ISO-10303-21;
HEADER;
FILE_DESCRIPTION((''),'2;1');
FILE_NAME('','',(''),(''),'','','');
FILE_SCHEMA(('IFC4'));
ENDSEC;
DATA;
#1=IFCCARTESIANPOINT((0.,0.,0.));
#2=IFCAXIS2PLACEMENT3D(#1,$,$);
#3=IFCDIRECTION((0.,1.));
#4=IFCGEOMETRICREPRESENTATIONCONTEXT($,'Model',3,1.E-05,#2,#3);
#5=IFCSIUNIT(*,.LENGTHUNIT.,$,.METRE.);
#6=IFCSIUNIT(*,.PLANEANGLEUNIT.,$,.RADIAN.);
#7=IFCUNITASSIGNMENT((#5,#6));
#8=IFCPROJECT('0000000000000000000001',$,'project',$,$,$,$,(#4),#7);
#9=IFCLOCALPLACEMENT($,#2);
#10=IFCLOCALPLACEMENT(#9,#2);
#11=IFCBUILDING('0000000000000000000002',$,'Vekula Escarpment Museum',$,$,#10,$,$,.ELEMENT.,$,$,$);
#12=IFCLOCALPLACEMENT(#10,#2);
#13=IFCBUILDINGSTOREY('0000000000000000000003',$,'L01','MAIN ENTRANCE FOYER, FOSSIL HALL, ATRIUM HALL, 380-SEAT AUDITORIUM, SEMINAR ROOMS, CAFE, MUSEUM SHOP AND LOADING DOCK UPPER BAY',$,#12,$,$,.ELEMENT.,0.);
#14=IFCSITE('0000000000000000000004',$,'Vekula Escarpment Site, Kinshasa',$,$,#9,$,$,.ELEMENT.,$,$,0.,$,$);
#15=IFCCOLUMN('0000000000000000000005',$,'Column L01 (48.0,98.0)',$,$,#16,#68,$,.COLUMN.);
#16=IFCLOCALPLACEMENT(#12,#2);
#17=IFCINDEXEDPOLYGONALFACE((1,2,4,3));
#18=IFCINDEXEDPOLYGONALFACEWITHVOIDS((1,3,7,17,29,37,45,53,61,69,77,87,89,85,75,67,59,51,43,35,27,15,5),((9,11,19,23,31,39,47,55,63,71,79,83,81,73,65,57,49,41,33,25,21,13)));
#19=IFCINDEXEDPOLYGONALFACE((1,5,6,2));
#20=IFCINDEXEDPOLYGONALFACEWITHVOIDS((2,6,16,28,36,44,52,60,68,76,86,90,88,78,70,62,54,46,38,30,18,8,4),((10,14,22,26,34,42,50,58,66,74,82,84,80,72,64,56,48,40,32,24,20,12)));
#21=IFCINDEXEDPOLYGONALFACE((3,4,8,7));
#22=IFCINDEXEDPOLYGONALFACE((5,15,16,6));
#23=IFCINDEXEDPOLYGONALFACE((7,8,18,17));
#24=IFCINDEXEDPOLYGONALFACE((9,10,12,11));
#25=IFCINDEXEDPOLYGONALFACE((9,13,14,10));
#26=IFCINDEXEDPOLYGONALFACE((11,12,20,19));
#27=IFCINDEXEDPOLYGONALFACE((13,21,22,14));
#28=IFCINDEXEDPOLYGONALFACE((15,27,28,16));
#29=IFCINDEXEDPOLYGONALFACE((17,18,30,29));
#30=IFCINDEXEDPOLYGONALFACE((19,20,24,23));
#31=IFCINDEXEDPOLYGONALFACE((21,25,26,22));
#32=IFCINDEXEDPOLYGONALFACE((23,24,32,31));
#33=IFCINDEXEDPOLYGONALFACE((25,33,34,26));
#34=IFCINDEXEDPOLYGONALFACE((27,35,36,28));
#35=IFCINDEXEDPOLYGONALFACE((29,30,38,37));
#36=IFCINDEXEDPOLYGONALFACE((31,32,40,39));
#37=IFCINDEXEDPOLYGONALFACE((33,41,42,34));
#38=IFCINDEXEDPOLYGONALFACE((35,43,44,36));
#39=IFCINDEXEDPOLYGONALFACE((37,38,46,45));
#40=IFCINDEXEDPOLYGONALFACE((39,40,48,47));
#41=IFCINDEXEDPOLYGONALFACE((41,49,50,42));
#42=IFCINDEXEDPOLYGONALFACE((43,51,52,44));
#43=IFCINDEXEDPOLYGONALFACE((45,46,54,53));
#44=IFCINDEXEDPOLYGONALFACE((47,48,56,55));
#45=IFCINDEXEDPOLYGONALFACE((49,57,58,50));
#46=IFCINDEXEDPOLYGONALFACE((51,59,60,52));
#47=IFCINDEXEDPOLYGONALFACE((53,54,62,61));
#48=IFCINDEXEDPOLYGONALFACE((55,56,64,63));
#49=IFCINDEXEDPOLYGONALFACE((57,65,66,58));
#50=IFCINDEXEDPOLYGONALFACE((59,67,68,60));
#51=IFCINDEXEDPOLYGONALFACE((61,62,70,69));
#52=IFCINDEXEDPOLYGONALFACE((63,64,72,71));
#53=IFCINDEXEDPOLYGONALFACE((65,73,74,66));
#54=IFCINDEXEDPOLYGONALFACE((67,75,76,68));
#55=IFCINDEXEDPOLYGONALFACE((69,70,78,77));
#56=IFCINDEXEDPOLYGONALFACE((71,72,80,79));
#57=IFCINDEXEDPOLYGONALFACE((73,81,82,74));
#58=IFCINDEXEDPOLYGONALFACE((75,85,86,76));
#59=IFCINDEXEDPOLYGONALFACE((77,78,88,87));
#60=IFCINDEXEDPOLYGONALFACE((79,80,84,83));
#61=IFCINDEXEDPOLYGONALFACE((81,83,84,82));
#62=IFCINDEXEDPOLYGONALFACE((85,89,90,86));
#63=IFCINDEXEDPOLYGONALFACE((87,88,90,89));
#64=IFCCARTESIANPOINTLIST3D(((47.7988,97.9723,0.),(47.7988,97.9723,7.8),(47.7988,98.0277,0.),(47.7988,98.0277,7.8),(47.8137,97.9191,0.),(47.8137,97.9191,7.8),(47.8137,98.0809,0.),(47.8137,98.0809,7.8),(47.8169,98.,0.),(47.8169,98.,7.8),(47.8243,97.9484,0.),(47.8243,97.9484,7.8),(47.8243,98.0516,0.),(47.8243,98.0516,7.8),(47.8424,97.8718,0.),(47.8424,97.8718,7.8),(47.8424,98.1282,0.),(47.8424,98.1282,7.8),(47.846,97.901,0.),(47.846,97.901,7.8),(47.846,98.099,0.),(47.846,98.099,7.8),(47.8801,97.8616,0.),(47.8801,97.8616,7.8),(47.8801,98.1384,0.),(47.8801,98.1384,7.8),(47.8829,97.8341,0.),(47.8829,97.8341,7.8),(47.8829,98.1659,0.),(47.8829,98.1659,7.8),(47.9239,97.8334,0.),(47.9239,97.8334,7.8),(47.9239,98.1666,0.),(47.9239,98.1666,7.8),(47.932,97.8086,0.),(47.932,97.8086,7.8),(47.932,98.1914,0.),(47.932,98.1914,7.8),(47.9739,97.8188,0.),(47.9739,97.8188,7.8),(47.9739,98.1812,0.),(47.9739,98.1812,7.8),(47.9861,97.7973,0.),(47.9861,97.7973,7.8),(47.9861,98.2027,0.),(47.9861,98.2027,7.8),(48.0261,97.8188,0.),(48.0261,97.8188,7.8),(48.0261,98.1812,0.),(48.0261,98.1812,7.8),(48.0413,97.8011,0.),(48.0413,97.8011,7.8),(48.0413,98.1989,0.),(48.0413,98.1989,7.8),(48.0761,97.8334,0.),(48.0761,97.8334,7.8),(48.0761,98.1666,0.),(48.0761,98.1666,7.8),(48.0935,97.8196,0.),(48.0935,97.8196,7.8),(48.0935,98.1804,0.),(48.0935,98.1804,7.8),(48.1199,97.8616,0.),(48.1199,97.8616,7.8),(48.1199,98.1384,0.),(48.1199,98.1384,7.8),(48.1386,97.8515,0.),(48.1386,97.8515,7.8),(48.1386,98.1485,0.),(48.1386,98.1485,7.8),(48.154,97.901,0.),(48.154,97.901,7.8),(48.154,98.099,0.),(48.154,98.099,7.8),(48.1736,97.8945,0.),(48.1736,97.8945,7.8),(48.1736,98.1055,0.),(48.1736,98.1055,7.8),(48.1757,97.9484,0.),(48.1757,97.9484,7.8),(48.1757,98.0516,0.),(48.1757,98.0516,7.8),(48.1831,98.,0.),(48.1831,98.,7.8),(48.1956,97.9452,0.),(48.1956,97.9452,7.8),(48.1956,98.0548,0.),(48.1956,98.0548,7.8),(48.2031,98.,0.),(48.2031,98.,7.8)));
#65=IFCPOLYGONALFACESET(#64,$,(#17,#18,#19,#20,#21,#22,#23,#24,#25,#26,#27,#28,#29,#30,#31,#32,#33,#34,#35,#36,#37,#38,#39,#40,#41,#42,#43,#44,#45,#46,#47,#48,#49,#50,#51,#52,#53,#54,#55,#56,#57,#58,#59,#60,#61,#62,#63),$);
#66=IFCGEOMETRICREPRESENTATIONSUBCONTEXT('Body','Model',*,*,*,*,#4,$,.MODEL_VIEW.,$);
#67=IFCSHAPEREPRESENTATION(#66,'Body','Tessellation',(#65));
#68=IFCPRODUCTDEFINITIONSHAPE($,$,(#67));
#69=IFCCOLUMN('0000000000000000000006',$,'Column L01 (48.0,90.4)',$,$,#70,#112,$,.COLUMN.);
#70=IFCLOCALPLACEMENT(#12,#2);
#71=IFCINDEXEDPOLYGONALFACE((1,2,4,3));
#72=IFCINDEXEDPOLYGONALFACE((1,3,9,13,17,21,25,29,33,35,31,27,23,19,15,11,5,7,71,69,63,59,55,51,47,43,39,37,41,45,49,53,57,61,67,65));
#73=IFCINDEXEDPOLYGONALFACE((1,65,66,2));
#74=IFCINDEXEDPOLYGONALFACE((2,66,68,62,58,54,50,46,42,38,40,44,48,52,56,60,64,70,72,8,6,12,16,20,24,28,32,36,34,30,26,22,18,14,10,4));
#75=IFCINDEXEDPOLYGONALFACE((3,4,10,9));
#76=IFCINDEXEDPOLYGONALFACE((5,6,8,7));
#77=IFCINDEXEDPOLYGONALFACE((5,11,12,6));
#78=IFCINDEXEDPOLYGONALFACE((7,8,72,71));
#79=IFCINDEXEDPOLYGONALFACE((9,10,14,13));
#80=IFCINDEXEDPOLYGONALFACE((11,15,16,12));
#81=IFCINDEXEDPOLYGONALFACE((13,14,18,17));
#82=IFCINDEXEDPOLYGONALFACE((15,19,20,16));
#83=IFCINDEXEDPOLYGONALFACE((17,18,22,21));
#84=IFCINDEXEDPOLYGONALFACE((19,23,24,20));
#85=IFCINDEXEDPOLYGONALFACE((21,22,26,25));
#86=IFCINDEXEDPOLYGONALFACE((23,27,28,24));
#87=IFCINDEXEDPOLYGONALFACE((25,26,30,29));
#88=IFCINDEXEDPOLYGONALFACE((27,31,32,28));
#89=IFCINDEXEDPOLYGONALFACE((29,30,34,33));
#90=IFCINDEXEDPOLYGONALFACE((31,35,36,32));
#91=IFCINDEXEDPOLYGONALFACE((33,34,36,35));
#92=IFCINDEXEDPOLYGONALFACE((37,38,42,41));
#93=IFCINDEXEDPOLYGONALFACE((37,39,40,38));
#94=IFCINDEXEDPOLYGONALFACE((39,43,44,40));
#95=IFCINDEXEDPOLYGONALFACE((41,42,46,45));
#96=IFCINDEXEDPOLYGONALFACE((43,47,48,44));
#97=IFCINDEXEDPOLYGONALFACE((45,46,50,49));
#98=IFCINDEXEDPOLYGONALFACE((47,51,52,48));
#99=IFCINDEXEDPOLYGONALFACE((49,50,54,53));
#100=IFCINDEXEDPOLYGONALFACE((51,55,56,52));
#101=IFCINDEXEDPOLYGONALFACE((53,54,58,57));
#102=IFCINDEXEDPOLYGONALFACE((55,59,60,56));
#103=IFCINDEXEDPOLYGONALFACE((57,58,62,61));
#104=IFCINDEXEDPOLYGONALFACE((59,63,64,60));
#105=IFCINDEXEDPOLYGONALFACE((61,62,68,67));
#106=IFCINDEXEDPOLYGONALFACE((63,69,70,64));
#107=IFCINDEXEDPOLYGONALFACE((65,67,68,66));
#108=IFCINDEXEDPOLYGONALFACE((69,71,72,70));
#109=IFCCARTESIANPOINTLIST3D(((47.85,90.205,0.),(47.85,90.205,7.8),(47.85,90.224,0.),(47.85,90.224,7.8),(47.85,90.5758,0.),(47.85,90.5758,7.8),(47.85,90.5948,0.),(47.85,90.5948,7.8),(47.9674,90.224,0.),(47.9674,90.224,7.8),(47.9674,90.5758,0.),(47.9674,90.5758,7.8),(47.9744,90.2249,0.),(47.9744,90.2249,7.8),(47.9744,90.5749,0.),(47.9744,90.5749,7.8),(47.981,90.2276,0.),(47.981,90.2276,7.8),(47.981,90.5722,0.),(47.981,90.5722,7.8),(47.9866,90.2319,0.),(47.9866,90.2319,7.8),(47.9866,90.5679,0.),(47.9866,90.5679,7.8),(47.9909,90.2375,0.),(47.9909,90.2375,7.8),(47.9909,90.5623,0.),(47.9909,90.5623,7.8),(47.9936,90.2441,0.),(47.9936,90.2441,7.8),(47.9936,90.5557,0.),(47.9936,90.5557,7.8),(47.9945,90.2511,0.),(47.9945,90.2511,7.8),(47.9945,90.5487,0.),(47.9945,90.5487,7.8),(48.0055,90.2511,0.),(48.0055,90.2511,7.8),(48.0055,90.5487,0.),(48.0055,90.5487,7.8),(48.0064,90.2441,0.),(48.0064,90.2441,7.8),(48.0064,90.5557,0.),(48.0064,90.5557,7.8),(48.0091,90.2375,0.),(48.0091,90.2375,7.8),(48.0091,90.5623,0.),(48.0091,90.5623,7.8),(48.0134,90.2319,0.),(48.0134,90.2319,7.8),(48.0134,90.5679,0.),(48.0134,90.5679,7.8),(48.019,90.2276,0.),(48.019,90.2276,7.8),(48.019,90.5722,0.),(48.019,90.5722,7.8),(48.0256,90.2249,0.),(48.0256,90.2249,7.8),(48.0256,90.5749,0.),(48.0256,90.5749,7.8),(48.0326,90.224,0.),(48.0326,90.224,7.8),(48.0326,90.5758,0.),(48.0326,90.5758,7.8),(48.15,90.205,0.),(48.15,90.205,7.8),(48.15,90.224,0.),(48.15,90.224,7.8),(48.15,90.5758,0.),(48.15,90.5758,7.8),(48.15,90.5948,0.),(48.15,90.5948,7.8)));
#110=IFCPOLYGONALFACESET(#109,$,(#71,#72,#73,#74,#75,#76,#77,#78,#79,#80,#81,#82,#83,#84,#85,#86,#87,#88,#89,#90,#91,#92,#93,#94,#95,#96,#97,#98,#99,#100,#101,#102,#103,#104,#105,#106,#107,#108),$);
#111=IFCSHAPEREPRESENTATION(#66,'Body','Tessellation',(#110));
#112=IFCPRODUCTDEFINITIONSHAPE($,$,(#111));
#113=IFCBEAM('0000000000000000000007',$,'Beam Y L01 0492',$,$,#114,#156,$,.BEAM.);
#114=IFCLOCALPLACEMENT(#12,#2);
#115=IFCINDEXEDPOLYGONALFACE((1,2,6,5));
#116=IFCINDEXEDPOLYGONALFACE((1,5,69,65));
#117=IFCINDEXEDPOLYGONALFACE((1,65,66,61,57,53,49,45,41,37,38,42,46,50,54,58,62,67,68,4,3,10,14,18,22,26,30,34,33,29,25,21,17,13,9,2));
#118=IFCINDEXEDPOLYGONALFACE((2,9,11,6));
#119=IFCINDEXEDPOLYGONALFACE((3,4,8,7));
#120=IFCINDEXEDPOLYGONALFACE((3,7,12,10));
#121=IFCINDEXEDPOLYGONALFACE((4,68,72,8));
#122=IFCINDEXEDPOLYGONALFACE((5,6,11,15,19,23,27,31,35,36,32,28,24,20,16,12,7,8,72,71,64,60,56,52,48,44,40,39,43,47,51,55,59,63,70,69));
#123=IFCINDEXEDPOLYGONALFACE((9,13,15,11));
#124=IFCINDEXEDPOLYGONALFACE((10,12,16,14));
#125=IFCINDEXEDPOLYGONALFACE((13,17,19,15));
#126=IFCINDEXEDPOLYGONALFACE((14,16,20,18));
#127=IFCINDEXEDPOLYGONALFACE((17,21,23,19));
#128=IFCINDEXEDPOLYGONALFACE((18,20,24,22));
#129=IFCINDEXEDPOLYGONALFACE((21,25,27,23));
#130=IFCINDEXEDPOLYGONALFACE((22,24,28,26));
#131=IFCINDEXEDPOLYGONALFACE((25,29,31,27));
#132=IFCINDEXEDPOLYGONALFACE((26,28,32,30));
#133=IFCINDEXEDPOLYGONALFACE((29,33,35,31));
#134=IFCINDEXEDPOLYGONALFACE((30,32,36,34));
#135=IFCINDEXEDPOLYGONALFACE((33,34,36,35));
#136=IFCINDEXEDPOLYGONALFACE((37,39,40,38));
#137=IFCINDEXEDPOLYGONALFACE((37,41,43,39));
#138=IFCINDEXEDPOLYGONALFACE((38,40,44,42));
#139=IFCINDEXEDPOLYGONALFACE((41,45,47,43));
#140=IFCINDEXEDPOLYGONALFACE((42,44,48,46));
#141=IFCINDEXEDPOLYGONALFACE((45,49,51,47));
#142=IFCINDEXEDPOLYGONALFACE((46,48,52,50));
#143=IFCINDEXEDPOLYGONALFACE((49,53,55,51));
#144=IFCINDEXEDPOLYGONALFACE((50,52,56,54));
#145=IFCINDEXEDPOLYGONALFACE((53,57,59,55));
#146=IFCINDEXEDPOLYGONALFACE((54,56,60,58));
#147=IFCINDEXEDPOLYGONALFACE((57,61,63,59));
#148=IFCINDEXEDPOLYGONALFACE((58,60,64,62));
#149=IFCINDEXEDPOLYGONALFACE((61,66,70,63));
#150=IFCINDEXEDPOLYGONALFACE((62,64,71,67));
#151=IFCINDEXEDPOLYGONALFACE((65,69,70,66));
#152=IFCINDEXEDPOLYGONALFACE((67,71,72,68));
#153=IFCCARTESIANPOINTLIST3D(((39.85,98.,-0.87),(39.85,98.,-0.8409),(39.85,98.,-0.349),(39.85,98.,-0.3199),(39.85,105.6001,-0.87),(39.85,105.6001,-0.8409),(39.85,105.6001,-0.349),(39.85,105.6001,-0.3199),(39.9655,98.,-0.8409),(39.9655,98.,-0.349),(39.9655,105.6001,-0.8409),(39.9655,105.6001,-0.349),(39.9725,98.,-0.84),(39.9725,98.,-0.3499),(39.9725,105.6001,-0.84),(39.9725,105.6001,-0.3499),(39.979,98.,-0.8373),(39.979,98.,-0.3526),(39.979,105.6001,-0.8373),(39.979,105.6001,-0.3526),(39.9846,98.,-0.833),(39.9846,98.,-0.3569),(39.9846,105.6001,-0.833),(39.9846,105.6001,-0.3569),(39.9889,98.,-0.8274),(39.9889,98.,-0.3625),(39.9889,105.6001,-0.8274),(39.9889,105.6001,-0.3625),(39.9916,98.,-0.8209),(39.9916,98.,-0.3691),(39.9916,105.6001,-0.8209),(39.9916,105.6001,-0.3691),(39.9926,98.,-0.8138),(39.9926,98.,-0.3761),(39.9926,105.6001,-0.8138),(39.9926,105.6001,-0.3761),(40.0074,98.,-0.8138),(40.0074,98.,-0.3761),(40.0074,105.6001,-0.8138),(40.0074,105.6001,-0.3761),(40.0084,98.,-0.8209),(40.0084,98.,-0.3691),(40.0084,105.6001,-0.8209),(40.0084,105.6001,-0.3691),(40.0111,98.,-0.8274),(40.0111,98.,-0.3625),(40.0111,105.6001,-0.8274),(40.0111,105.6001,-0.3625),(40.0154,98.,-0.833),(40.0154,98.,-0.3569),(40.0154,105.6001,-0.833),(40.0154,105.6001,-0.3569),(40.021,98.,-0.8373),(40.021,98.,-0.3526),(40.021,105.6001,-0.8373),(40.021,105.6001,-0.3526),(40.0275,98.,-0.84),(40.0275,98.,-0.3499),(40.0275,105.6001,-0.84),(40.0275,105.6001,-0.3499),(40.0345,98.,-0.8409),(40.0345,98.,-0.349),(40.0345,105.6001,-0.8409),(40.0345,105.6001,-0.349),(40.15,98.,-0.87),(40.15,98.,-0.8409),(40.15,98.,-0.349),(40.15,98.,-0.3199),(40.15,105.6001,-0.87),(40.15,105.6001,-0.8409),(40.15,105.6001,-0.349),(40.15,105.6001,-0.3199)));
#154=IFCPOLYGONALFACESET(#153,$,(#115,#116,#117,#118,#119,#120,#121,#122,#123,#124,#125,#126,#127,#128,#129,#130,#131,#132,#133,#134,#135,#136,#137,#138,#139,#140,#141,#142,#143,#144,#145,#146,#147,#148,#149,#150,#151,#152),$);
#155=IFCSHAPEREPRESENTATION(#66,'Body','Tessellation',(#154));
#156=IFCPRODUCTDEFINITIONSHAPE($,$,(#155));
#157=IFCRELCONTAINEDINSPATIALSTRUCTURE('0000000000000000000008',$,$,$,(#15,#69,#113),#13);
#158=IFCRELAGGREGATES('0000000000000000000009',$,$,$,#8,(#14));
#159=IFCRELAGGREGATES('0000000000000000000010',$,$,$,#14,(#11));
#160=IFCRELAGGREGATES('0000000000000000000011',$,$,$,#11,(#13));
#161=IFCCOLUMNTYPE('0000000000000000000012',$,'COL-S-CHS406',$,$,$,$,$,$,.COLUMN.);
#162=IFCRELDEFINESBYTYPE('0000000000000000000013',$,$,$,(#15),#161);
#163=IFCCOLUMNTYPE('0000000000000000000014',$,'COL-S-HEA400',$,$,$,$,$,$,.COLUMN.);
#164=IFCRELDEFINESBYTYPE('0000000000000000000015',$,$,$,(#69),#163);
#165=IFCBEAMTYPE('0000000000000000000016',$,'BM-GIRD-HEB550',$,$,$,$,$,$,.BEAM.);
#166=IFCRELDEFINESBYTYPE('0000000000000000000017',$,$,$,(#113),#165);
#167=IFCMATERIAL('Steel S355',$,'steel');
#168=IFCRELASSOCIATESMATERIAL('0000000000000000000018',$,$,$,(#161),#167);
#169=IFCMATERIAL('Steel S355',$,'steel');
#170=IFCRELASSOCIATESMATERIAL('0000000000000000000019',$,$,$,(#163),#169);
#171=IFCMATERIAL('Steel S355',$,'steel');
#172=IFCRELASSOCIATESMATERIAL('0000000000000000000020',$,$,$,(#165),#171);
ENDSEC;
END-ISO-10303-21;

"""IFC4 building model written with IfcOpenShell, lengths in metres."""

from ifc_helpers import new_model, si_unit, direction, frame, origin, origin_2d, place, context, subcontext, project, spatial, hollow_circle, i_section, extrude, material, material_profile, profile_set, type_object, element, save


model = new_model("IFC4")

# Units and contexts
model_context = context("Model", 3, precision=1e-05, world=origin(), true_north=direction((0.0, 1.0)))
body_context = subcontext(model_context, "Body", "Model", "MODEL_VIEW")
ifc_project = project(units=[si_unit("LENGTHUNIT", "METRE"), si_unit("PLANEANGLEUNIT", "RADIAN")], contexts=[model_context])

# Site, building, storey
site_placement = place(None, origin())
site = spatial("IfcSite", under=ifc_project, at=site_placement, Name="Vekula Escarpment Site, Kinshasa", CompositionType="ELEMENT", RefElevation=0.0)
building_placement = place(site_placement, origin())
building = spatial("IfcBuilding", under=site, at=building_placement, Name="Vekula Escarpment Museum", CompositionType="ELEMENT")
storey_placement = place(building_placement, origin())
storey = spatial("IfcBuildingStorey", under=building, at=storey_placement, Name="L01", Description="MAIN ENTRANCE FOYER, FOSSIL HALL, ATRIUM HALL, 380-SEAT AUDITORIUM, SEMINAR ROOMS, CAFE, MUSEUM SHOP AND LOADING DOCK UPPER BAY", CompositionType="ELEMENT", Elevation=0.0)

# Columns
ifc_material_1 = material(Name="Steel S355", Category="steel")
ifc_material_profile_1 = material_profile(ifc_material_1, hollow_circle(Radius=0.2031, WallThickness=0.02, at=origin_2d()), Name="CHS 406.4x20")
ifc_profile_set_1 = profile_set([ifc_material_profile_1], Name="Steel S355")
column_type_1 = type_object("IfcColumnType", Name="COL-S-CHS406", PredefinedType="COLUMN", material=ifc_profile_set_1)
column_1_placement = place(storey_placement, frame((48.0, 98.0, 0.0), z_axis=(0.0, 0.0, 1.0), x_axis=(1.0, 0.0, 0.0)))
element("IfcColumn", 1, at=column_1_placement, inside=storey, type_object=column_type_1, Name="Column L01 (48.0,98.0)", PredefinedType="COLUMN", context=body_context, shape_type="SweptSolid", body=[
    extrude(hollow_circle(Radius=0.2031, WallThickness=0.02, at=origin_2d()), origin(), (0.0, 0.0, 1.0), 7.8),
])
ifc_material_2 = material(Name="Steel S355", Category="steel")
ifc_material_profile_2 = material_profile(ifc_material_2, i_section(OverallWidth=0.3, OverallDepth=0.3899, WebThickness=0.011, FlangeThickness=0.019, FilletRadius=0.0271, at=origin_2d()), Name="HEA 400")
ifc_profile_set_2 = profile_set([ifc_material_profile_2], Name="Steel S355")
column_type_2 = type_object("IfcColumnType", Name="COL-S-HEA400", PredefinedType="COLUMN", material=ifc_profile_set_2)
column_2_placement = place(storey_placement, frame((48.0, 90.3999, 0.0), z_axis=(0.0, 0.0, 1.0), x_axis=(1.0, 0.0, 0.0)))
element("IfcColumn", 2, at=column_2_placement, inside=storey, type_object=column_type_2, Name="Column L01 (48.0,90.4)", PredefinedType="COLUMN", context=body_context, shape_type="SweptSolid", body=[
    extrude(i_section(OverallWidth=0.3, OverallDepth=0.3899, WebThickness=0.011, FlangeThickness=0.019, FilletRadius=0.0271, at=origin_2d()), origin(), (0.0, 0.0, 1.0), 7.8),
])

# Beam
ifc_material_3 = material(Name="Steel S355", Category="steel")
ifc_material_profile_3 = material_profile(ifc_material_3, i_section(OverallWidth=0.3, OverallDepth=0.55, WebThickness=0.0149, FlangeThickness=0.0291, FilletRadius=0.0271, at=origin_2d()), Name="HEB 550")
ifc_profile_set_3 = profile_set([ifc_material_profile_3], Name="Steel S355")
beam_type_1 = type_object("IfcBeamType", Name="BM-GIRD-HEB550", PredefinedType="BEAM", material=ifc_profile_set_3)
for number, where, z_axis, x_axis, name in (
    (3, (40.0, 98.0, -0.595), (0.0, 1.0, 0.0), (-1.0, 0.0, 0.0), "Beam Y L01 0492"),
):
    element("IfcBeam", number, at=place(storey_placement, frame(where, z_axis=z_axis, x_axis=x_axis)), inside=storey, type_object=beam_type_1, Name=name, PredefinedType="BEAM", context=body_context, shape_type="SweptSolid", body=[
        extrude(i_section(OverallWidth=0.3, OverallDepth=0.55, WebThickness=0.0149, FlangeThickness=0.0291, FilletRadius=0.0271, at=origin_2d()), origin(), (0.0, 0.0, 1.0), 7.6001),
    ])

save(model, "model.ifc")
